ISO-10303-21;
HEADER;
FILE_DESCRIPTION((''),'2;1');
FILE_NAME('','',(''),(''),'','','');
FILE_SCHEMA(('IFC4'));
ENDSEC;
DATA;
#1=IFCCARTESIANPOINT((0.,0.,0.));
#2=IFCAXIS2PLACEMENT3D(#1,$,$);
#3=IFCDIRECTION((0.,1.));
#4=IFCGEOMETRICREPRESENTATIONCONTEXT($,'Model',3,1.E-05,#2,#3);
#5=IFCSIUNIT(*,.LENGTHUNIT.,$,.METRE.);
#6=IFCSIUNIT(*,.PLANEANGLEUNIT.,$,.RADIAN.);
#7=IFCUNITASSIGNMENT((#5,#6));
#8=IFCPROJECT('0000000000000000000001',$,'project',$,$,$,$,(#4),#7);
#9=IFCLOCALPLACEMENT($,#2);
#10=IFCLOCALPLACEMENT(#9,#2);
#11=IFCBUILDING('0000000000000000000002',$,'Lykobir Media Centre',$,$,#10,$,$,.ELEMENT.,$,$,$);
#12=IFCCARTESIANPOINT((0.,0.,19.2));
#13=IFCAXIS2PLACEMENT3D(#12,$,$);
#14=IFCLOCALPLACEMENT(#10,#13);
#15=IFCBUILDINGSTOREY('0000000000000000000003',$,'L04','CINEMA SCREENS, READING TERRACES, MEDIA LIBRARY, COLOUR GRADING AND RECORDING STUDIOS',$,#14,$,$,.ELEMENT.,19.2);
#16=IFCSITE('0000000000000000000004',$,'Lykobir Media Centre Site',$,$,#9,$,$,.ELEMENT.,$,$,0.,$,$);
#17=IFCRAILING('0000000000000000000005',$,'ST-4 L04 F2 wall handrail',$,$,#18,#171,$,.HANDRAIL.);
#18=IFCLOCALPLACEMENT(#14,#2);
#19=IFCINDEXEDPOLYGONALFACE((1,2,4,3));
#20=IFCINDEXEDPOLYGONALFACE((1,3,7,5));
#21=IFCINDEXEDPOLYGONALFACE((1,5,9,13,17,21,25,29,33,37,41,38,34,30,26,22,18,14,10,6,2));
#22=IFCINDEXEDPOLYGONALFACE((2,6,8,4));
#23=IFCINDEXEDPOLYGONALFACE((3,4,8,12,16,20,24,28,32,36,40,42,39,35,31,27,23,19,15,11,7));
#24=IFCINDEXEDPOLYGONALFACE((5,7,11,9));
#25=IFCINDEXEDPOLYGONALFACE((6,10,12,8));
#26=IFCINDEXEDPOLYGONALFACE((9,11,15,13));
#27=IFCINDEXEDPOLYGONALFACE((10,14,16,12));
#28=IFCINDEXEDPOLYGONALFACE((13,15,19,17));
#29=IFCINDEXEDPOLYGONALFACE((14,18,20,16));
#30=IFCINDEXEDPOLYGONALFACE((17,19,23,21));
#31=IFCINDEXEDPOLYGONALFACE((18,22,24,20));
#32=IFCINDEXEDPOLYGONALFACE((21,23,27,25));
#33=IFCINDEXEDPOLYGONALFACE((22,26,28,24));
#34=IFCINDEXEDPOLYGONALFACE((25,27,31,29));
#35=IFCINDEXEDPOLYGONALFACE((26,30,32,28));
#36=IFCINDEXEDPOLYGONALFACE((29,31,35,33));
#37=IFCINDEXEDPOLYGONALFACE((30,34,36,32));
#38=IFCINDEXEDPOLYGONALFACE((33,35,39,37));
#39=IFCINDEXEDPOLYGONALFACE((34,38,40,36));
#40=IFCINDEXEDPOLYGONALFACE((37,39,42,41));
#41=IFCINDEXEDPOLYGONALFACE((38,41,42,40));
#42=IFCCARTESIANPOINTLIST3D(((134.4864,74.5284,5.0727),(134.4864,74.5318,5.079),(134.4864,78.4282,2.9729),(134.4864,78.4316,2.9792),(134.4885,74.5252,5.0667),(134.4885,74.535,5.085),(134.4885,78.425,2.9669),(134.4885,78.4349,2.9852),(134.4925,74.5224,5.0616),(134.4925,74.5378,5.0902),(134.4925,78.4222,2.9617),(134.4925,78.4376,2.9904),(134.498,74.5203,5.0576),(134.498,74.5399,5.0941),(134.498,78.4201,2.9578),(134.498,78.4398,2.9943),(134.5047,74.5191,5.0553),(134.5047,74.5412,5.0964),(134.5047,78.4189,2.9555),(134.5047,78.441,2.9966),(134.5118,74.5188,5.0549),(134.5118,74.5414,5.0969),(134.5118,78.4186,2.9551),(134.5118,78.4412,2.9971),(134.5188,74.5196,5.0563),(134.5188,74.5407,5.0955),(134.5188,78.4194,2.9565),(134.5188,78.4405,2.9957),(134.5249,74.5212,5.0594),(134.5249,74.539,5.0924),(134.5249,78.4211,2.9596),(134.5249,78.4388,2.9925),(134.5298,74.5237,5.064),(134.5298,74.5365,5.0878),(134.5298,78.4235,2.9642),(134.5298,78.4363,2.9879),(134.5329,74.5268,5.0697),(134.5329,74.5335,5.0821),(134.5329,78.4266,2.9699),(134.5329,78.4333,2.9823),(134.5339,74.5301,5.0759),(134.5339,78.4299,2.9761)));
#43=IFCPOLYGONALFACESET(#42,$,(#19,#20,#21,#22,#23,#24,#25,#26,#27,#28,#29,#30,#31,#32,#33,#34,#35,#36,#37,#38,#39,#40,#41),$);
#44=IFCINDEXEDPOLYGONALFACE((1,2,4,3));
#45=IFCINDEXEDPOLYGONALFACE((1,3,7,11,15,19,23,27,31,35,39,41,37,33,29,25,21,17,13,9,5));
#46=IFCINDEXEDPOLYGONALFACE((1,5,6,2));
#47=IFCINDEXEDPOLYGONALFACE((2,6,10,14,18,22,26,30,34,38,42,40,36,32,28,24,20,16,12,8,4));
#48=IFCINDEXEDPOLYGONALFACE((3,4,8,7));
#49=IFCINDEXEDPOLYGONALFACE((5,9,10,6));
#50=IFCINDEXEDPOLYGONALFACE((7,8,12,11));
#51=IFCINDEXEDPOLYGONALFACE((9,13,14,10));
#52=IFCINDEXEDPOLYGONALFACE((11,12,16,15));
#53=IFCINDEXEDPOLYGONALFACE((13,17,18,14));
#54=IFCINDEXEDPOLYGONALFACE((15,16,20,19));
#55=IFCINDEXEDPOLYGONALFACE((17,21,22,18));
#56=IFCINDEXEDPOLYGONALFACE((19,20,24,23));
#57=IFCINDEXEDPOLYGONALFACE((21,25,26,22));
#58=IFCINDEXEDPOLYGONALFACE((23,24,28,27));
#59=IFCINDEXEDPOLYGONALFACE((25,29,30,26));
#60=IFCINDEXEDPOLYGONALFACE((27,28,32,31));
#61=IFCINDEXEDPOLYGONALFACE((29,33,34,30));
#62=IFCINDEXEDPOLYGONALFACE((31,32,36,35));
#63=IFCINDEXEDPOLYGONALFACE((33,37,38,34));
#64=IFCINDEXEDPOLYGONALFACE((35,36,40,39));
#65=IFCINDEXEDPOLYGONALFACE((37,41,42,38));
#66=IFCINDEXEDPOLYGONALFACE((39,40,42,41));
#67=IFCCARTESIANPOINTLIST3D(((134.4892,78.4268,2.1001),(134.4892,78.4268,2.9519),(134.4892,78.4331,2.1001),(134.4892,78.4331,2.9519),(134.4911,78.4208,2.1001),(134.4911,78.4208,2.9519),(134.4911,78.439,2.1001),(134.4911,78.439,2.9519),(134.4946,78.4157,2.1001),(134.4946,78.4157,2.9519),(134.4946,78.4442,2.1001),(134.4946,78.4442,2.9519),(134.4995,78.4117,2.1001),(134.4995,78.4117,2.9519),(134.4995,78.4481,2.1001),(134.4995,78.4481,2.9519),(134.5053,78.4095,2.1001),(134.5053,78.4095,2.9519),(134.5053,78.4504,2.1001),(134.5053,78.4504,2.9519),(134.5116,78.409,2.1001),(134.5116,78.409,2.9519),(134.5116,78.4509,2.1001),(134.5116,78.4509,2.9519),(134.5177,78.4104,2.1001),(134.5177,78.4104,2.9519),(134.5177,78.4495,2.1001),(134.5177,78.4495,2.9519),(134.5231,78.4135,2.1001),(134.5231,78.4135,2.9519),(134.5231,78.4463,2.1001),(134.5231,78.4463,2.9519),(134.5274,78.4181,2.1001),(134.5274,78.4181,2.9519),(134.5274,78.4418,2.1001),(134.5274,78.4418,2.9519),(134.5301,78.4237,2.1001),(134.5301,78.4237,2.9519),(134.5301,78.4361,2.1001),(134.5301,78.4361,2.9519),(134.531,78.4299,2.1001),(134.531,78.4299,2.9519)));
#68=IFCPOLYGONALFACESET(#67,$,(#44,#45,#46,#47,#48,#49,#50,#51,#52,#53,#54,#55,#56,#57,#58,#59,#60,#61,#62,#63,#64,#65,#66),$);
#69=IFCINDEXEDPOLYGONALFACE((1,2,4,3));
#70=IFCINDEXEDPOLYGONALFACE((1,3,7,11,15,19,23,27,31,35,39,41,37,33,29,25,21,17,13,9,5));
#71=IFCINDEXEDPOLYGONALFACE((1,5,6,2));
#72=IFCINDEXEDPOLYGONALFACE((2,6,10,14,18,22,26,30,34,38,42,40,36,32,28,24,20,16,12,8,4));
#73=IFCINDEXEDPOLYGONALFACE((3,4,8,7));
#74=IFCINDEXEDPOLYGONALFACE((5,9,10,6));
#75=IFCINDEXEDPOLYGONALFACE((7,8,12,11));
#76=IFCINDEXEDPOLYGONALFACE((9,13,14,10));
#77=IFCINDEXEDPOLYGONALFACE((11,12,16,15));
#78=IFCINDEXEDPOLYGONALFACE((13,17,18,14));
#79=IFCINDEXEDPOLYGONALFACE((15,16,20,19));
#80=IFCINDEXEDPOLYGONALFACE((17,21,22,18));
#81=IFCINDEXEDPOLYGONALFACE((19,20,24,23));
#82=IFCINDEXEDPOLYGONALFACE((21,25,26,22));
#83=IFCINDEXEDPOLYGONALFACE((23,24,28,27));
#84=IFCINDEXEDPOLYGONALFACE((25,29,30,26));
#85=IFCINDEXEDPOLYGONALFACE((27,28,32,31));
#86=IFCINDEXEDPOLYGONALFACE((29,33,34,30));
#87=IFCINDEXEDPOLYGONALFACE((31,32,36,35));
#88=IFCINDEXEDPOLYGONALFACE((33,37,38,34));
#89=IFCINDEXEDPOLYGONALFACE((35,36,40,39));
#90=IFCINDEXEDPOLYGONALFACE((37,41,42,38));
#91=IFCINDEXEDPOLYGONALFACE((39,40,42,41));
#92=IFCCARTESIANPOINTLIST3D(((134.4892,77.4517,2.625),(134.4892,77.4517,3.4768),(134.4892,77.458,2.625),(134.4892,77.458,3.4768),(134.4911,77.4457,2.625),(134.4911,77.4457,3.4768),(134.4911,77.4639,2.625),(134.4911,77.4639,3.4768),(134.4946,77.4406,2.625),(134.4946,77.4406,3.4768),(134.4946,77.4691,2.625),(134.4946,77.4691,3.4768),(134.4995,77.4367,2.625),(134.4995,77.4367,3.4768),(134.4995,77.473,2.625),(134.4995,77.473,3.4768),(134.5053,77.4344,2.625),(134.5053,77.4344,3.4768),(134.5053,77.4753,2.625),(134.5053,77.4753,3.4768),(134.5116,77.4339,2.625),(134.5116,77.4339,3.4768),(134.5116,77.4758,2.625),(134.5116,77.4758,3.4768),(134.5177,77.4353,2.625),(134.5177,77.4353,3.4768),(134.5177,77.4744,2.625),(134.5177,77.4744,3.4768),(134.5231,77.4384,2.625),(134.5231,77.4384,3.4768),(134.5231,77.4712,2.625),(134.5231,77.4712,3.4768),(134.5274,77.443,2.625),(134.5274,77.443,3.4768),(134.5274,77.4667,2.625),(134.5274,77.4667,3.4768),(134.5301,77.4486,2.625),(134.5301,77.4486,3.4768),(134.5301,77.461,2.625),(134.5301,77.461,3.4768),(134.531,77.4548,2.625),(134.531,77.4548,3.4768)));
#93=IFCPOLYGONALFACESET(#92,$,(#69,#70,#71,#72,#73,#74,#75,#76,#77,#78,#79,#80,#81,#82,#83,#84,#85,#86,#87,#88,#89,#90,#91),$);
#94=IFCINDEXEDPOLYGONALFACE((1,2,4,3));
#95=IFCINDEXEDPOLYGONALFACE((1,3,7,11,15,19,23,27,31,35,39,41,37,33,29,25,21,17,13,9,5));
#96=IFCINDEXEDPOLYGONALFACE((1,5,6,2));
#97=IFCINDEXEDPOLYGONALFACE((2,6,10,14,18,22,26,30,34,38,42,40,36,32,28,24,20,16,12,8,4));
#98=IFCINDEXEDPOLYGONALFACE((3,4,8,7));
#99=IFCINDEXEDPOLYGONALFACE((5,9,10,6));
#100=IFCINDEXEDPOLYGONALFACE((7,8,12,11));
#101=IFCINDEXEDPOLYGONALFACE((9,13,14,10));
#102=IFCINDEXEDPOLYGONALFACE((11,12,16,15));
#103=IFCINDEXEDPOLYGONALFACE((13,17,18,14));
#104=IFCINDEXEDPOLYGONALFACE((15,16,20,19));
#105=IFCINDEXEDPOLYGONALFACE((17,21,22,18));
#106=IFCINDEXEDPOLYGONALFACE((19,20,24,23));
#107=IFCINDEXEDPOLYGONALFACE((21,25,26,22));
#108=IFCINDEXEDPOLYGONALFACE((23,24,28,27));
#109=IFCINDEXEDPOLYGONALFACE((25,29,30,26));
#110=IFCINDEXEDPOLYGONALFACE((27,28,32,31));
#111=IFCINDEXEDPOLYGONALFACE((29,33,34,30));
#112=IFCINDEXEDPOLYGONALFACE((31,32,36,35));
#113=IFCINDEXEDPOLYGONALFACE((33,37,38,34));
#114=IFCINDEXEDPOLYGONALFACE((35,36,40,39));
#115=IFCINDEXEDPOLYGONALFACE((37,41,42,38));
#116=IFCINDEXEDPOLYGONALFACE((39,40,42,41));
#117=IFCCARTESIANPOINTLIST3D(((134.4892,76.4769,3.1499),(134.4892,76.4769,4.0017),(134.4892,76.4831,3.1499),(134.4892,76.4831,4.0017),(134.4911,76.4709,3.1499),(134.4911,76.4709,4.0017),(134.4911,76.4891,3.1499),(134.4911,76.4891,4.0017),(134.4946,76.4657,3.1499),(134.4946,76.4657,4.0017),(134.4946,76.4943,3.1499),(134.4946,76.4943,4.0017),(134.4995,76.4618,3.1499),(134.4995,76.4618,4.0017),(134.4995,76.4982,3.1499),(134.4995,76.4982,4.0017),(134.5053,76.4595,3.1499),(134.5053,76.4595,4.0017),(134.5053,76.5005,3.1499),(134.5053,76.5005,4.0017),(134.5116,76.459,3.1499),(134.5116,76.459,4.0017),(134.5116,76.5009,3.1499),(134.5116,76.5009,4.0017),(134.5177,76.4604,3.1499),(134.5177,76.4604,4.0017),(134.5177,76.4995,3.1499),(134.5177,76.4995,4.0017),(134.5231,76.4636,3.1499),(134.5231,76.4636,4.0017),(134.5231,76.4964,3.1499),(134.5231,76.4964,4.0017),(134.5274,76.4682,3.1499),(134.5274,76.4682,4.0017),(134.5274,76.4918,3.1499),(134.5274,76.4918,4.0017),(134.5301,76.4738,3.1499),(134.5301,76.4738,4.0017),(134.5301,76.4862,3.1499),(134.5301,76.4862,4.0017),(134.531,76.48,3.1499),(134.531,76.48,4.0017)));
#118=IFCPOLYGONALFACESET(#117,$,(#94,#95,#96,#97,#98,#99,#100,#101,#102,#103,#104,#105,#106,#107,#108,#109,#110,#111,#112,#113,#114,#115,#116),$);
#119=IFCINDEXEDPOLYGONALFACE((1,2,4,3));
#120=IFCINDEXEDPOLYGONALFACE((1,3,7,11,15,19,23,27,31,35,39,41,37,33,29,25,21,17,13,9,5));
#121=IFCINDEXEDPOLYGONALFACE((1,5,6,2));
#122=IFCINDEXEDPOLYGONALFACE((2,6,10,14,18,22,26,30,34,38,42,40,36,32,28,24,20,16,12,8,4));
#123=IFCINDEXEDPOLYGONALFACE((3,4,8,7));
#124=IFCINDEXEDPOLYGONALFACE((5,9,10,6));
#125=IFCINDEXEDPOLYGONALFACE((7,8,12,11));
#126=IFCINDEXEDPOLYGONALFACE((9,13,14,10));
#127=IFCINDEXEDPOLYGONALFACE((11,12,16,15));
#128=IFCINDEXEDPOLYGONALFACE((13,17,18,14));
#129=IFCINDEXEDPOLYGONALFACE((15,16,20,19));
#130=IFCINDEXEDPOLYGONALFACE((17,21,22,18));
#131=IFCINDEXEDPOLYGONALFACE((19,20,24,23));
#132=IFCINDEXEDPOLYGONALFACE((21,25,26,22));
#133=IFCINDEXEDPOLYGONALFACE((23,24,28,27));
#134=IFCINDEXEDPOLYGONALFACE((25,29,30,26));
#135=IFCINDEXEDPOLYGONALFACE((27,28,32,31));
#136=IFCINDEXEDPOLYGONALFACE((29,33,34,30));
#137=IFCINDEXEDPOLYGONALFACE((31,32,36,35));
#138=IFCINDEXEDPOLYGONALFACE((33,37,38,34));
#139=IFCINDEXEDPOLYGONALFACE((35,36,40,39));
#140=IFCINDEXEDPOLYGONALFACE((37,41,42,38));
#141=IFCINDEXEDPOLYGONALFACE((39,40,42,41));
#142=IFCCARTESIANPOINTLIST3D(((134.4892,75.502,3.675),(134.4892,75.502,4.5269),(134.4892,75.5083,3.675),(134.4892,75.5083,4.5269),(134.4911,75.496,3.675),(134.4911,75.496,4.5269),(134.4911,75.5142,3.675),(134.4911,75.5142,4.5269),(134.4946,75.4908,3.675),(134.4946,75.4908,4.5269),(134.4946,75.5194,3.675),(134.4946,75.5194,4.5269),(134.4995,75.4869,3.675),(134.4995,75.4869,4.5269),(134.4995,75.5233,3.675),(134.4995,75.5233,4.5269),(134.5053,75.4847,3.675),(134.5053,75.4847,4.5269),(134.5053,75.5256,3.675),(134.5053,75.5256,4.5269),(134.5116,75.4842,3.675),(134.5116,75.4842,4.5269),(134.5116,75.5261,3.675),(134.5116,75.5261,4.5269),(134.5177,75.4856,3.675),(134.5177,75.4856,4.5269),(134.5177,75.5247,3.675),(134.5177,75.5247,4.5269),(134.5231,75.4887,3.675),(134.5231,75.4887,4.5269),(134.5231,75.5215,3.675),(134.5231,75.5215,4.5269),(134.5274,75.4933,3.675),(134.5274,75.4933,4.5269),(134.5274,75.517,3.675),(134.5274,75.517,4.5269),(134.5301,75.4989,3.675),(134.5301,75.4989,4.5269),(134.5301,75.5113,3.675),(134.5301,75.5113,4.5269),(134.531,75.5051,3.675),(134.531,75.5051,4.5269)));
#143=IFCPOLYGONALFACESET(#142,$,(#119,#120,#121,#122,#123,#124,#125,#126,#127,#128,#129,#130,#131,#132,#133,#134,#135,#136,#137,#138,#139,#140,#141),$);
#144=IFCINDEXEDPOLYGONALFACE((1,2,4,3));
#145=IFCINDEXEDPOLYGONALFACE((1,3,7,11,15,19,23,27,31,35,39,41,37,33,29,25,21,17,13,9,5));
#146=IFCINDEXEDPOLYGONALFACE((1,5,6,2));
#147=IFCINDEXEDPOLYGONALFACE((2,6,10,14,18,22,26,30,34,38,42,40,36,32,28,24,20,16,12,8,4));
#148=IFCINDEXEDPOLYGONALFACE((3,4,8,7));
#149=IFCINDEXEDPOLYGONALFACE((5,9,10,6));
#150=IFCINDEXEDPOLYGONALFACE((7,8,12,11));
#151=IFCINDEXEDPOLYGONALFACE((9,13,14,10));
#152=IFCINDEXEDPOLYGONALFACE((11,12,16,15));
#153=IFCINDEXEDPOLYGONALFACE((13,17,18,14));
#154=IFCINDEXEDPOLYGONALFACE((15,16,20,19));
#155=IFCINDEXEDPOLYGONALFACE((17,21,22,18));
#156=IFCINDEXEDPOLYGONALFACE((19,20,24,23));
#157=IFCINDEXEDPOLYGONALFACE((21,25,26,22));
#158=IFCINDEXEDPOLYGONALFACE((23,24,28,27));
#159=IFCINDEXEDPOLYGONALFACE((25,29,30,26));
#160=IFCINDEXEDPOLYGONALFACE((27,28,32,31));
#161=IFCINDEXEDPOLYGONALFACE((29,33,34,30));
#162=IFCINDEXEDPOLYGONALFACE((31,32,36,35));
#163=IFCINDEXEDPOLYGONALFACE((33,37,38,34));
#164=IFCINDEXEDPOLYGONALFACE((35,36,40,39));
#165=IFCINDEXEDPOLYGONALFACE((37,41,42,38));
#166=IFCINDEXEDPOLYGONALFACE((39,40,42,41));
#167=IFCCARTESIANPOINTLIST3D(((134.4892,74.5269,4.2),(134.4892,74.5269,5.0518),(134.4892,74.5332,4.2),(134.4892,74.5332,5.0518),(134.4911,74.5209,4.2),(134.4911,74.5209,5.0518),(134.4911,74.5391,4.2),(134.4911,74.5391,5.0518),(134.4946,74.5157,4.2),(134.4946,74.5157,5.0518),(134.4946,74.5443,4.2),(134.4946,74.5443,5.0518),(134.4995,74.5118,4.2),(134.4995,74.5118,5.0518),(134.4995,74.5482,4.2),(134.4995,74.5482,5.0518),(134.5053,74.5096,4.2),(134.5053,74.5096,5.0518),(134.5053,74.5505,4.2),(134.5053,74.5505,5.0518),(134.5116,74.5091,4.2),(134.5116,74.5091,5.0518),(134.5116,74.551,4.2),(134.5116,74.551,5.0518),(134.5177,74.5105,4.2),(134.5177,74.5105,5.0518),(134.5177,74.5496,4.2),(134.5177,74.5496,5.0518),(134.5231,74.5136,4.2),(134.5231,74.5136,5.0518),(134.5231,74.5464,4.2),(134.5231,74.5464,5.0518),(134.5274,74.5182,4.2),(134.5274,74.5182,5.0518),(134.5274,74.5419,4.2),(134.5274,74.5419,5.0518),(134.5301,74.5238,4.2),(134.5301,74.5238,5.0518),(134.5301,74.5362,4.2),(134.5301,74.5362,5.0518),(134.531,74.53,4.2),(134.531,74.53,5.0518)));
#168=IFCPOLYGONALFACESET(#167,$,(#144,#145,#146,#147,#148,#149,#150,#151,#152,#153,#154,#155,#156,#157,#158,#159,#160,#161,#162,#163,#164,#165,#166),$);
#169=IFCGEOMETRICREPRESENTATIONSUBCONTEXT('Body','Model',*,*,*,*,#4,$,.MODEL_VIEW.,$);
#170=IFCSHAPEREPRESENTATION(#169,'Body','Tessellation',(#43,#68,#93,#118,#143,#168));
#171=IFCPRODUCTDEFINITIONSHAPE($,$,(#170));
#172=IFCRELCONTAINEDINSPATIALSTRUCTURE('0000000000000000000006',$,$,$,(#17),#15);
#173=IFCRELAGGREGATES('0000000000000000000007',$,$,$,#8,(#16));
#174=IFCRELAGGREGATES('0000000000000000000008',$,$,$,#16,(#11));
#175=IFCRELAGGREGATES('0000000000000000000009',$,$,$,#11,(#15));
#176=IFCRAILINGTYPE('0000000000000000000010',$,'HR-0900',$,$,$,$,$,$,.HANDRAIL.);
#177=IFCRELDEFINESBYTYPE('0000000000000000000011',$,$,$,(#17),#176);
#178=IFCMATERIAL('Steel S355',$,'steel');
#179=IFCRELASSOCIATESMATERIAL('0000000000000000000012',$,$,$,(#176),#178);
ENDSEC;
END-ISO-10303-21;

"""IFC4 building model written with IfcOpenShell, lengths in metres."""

from ifc_helpers import new_model, si_unit, direction, frame, origin, origin_2d, place, context, subcontext, project, spatial, circle, extrude, material, type_object, element, save


model = new_model("IFC4")

# Units and contexts
model_context = context("Model", 3, precision=1e-05, world=origin(), true_north=direction((0.0, 1.0)))
body_context = subcontext(model_context, "Body", "Model", "MODEL_VIEW")
ifc_project = project(units=[si_unit("LENGTHUNIT", "METRE"), si_unit("PLANEANGLEUNIT", "RADIAN")], contexts=[model_context])

# Site, building, storey
site_placement = place(None, origin())
site = spatial("IfcSite", under=ifc_project, at=site_placement, Name="Lykobir Media Centre Site", CompositionType="ELEMENT", RefElevation=0.0)
building_placement = place(site_placement, origin())
building = spatial("IfcBuilding", under=site, at=building_placement, Name="Lykobir Media Centre", CompositionType="ELEMENT")
storey_placement = place(building_placement, frame((0.0, 0.0, 19.2)))
storey = spatial("IfcBuildingStorey", under=building, at=storey_placement, Name="L04", Description="CINEMA SCREENS, READING TERRACES, MEDIA LIBRARY, COLOUR GRADING AND RECORDING STUDIOS", CompositionType="ELEMENT", Elevation=19.2)

# Shared definitions
ifc_material_1 = material(Name="Steel S355", Category="steel")

# Railing
railing_type_1 = type_object("IfcRailingType", Name="HR-0900", PredefinedType="HANDRAIL", material=ifc_material_1)
railing_1_placement = place(storey_placement, frame((134.51, 78.4299, 2.1001)))
element("IfcRailing", 1, at=railing_1_placement, inside=storey, type_object=railing_type_1, Name="ST-4 L04 F2 wall handrail", PredefinedType="HANDRAIL", context=body_context, shape_type="SweptSolid", body=[
    extrude(circle(Radius=0.0239, at=origin_2d()), frame((0.0, 0.0, 0.876), z_axis=(0.0, -0.88048, 0.474083), x_axis=(1.0, 0.0, 0.0)), (0.0, 0.0, 1.0), 4.4292),
    extrude(circle(Radius=0.021, at=origin_2d()), origin(), (0.0, 0.0, 1.0), 0.8518),
    extrude(circle(Radius=0.021, at=origin_2d()), frame((0.0, -0.9751, 0.5249)), (0.0, 0.0, 1.0), 0.8518),
    extrude(circle(Radius=0.021, at=origin_2d()), frame((0.0, -1.95, 1.0498)), (0.0, 0.0, 1.0), 0.8518),
    extrude(circle(Radius=0.021, at=origin_2d()), frame((0.0, -2.9248, 1.575)), (0.0, 0.0, 1.0), 0.8518),
    extrude(circle(Radius=0.021, at=origin_2d()), frame((0.0, -3.8999, 2.0999)), (0.0, 0.0, 1.0), 0.8518),
])

save(model, "model.ifc")
